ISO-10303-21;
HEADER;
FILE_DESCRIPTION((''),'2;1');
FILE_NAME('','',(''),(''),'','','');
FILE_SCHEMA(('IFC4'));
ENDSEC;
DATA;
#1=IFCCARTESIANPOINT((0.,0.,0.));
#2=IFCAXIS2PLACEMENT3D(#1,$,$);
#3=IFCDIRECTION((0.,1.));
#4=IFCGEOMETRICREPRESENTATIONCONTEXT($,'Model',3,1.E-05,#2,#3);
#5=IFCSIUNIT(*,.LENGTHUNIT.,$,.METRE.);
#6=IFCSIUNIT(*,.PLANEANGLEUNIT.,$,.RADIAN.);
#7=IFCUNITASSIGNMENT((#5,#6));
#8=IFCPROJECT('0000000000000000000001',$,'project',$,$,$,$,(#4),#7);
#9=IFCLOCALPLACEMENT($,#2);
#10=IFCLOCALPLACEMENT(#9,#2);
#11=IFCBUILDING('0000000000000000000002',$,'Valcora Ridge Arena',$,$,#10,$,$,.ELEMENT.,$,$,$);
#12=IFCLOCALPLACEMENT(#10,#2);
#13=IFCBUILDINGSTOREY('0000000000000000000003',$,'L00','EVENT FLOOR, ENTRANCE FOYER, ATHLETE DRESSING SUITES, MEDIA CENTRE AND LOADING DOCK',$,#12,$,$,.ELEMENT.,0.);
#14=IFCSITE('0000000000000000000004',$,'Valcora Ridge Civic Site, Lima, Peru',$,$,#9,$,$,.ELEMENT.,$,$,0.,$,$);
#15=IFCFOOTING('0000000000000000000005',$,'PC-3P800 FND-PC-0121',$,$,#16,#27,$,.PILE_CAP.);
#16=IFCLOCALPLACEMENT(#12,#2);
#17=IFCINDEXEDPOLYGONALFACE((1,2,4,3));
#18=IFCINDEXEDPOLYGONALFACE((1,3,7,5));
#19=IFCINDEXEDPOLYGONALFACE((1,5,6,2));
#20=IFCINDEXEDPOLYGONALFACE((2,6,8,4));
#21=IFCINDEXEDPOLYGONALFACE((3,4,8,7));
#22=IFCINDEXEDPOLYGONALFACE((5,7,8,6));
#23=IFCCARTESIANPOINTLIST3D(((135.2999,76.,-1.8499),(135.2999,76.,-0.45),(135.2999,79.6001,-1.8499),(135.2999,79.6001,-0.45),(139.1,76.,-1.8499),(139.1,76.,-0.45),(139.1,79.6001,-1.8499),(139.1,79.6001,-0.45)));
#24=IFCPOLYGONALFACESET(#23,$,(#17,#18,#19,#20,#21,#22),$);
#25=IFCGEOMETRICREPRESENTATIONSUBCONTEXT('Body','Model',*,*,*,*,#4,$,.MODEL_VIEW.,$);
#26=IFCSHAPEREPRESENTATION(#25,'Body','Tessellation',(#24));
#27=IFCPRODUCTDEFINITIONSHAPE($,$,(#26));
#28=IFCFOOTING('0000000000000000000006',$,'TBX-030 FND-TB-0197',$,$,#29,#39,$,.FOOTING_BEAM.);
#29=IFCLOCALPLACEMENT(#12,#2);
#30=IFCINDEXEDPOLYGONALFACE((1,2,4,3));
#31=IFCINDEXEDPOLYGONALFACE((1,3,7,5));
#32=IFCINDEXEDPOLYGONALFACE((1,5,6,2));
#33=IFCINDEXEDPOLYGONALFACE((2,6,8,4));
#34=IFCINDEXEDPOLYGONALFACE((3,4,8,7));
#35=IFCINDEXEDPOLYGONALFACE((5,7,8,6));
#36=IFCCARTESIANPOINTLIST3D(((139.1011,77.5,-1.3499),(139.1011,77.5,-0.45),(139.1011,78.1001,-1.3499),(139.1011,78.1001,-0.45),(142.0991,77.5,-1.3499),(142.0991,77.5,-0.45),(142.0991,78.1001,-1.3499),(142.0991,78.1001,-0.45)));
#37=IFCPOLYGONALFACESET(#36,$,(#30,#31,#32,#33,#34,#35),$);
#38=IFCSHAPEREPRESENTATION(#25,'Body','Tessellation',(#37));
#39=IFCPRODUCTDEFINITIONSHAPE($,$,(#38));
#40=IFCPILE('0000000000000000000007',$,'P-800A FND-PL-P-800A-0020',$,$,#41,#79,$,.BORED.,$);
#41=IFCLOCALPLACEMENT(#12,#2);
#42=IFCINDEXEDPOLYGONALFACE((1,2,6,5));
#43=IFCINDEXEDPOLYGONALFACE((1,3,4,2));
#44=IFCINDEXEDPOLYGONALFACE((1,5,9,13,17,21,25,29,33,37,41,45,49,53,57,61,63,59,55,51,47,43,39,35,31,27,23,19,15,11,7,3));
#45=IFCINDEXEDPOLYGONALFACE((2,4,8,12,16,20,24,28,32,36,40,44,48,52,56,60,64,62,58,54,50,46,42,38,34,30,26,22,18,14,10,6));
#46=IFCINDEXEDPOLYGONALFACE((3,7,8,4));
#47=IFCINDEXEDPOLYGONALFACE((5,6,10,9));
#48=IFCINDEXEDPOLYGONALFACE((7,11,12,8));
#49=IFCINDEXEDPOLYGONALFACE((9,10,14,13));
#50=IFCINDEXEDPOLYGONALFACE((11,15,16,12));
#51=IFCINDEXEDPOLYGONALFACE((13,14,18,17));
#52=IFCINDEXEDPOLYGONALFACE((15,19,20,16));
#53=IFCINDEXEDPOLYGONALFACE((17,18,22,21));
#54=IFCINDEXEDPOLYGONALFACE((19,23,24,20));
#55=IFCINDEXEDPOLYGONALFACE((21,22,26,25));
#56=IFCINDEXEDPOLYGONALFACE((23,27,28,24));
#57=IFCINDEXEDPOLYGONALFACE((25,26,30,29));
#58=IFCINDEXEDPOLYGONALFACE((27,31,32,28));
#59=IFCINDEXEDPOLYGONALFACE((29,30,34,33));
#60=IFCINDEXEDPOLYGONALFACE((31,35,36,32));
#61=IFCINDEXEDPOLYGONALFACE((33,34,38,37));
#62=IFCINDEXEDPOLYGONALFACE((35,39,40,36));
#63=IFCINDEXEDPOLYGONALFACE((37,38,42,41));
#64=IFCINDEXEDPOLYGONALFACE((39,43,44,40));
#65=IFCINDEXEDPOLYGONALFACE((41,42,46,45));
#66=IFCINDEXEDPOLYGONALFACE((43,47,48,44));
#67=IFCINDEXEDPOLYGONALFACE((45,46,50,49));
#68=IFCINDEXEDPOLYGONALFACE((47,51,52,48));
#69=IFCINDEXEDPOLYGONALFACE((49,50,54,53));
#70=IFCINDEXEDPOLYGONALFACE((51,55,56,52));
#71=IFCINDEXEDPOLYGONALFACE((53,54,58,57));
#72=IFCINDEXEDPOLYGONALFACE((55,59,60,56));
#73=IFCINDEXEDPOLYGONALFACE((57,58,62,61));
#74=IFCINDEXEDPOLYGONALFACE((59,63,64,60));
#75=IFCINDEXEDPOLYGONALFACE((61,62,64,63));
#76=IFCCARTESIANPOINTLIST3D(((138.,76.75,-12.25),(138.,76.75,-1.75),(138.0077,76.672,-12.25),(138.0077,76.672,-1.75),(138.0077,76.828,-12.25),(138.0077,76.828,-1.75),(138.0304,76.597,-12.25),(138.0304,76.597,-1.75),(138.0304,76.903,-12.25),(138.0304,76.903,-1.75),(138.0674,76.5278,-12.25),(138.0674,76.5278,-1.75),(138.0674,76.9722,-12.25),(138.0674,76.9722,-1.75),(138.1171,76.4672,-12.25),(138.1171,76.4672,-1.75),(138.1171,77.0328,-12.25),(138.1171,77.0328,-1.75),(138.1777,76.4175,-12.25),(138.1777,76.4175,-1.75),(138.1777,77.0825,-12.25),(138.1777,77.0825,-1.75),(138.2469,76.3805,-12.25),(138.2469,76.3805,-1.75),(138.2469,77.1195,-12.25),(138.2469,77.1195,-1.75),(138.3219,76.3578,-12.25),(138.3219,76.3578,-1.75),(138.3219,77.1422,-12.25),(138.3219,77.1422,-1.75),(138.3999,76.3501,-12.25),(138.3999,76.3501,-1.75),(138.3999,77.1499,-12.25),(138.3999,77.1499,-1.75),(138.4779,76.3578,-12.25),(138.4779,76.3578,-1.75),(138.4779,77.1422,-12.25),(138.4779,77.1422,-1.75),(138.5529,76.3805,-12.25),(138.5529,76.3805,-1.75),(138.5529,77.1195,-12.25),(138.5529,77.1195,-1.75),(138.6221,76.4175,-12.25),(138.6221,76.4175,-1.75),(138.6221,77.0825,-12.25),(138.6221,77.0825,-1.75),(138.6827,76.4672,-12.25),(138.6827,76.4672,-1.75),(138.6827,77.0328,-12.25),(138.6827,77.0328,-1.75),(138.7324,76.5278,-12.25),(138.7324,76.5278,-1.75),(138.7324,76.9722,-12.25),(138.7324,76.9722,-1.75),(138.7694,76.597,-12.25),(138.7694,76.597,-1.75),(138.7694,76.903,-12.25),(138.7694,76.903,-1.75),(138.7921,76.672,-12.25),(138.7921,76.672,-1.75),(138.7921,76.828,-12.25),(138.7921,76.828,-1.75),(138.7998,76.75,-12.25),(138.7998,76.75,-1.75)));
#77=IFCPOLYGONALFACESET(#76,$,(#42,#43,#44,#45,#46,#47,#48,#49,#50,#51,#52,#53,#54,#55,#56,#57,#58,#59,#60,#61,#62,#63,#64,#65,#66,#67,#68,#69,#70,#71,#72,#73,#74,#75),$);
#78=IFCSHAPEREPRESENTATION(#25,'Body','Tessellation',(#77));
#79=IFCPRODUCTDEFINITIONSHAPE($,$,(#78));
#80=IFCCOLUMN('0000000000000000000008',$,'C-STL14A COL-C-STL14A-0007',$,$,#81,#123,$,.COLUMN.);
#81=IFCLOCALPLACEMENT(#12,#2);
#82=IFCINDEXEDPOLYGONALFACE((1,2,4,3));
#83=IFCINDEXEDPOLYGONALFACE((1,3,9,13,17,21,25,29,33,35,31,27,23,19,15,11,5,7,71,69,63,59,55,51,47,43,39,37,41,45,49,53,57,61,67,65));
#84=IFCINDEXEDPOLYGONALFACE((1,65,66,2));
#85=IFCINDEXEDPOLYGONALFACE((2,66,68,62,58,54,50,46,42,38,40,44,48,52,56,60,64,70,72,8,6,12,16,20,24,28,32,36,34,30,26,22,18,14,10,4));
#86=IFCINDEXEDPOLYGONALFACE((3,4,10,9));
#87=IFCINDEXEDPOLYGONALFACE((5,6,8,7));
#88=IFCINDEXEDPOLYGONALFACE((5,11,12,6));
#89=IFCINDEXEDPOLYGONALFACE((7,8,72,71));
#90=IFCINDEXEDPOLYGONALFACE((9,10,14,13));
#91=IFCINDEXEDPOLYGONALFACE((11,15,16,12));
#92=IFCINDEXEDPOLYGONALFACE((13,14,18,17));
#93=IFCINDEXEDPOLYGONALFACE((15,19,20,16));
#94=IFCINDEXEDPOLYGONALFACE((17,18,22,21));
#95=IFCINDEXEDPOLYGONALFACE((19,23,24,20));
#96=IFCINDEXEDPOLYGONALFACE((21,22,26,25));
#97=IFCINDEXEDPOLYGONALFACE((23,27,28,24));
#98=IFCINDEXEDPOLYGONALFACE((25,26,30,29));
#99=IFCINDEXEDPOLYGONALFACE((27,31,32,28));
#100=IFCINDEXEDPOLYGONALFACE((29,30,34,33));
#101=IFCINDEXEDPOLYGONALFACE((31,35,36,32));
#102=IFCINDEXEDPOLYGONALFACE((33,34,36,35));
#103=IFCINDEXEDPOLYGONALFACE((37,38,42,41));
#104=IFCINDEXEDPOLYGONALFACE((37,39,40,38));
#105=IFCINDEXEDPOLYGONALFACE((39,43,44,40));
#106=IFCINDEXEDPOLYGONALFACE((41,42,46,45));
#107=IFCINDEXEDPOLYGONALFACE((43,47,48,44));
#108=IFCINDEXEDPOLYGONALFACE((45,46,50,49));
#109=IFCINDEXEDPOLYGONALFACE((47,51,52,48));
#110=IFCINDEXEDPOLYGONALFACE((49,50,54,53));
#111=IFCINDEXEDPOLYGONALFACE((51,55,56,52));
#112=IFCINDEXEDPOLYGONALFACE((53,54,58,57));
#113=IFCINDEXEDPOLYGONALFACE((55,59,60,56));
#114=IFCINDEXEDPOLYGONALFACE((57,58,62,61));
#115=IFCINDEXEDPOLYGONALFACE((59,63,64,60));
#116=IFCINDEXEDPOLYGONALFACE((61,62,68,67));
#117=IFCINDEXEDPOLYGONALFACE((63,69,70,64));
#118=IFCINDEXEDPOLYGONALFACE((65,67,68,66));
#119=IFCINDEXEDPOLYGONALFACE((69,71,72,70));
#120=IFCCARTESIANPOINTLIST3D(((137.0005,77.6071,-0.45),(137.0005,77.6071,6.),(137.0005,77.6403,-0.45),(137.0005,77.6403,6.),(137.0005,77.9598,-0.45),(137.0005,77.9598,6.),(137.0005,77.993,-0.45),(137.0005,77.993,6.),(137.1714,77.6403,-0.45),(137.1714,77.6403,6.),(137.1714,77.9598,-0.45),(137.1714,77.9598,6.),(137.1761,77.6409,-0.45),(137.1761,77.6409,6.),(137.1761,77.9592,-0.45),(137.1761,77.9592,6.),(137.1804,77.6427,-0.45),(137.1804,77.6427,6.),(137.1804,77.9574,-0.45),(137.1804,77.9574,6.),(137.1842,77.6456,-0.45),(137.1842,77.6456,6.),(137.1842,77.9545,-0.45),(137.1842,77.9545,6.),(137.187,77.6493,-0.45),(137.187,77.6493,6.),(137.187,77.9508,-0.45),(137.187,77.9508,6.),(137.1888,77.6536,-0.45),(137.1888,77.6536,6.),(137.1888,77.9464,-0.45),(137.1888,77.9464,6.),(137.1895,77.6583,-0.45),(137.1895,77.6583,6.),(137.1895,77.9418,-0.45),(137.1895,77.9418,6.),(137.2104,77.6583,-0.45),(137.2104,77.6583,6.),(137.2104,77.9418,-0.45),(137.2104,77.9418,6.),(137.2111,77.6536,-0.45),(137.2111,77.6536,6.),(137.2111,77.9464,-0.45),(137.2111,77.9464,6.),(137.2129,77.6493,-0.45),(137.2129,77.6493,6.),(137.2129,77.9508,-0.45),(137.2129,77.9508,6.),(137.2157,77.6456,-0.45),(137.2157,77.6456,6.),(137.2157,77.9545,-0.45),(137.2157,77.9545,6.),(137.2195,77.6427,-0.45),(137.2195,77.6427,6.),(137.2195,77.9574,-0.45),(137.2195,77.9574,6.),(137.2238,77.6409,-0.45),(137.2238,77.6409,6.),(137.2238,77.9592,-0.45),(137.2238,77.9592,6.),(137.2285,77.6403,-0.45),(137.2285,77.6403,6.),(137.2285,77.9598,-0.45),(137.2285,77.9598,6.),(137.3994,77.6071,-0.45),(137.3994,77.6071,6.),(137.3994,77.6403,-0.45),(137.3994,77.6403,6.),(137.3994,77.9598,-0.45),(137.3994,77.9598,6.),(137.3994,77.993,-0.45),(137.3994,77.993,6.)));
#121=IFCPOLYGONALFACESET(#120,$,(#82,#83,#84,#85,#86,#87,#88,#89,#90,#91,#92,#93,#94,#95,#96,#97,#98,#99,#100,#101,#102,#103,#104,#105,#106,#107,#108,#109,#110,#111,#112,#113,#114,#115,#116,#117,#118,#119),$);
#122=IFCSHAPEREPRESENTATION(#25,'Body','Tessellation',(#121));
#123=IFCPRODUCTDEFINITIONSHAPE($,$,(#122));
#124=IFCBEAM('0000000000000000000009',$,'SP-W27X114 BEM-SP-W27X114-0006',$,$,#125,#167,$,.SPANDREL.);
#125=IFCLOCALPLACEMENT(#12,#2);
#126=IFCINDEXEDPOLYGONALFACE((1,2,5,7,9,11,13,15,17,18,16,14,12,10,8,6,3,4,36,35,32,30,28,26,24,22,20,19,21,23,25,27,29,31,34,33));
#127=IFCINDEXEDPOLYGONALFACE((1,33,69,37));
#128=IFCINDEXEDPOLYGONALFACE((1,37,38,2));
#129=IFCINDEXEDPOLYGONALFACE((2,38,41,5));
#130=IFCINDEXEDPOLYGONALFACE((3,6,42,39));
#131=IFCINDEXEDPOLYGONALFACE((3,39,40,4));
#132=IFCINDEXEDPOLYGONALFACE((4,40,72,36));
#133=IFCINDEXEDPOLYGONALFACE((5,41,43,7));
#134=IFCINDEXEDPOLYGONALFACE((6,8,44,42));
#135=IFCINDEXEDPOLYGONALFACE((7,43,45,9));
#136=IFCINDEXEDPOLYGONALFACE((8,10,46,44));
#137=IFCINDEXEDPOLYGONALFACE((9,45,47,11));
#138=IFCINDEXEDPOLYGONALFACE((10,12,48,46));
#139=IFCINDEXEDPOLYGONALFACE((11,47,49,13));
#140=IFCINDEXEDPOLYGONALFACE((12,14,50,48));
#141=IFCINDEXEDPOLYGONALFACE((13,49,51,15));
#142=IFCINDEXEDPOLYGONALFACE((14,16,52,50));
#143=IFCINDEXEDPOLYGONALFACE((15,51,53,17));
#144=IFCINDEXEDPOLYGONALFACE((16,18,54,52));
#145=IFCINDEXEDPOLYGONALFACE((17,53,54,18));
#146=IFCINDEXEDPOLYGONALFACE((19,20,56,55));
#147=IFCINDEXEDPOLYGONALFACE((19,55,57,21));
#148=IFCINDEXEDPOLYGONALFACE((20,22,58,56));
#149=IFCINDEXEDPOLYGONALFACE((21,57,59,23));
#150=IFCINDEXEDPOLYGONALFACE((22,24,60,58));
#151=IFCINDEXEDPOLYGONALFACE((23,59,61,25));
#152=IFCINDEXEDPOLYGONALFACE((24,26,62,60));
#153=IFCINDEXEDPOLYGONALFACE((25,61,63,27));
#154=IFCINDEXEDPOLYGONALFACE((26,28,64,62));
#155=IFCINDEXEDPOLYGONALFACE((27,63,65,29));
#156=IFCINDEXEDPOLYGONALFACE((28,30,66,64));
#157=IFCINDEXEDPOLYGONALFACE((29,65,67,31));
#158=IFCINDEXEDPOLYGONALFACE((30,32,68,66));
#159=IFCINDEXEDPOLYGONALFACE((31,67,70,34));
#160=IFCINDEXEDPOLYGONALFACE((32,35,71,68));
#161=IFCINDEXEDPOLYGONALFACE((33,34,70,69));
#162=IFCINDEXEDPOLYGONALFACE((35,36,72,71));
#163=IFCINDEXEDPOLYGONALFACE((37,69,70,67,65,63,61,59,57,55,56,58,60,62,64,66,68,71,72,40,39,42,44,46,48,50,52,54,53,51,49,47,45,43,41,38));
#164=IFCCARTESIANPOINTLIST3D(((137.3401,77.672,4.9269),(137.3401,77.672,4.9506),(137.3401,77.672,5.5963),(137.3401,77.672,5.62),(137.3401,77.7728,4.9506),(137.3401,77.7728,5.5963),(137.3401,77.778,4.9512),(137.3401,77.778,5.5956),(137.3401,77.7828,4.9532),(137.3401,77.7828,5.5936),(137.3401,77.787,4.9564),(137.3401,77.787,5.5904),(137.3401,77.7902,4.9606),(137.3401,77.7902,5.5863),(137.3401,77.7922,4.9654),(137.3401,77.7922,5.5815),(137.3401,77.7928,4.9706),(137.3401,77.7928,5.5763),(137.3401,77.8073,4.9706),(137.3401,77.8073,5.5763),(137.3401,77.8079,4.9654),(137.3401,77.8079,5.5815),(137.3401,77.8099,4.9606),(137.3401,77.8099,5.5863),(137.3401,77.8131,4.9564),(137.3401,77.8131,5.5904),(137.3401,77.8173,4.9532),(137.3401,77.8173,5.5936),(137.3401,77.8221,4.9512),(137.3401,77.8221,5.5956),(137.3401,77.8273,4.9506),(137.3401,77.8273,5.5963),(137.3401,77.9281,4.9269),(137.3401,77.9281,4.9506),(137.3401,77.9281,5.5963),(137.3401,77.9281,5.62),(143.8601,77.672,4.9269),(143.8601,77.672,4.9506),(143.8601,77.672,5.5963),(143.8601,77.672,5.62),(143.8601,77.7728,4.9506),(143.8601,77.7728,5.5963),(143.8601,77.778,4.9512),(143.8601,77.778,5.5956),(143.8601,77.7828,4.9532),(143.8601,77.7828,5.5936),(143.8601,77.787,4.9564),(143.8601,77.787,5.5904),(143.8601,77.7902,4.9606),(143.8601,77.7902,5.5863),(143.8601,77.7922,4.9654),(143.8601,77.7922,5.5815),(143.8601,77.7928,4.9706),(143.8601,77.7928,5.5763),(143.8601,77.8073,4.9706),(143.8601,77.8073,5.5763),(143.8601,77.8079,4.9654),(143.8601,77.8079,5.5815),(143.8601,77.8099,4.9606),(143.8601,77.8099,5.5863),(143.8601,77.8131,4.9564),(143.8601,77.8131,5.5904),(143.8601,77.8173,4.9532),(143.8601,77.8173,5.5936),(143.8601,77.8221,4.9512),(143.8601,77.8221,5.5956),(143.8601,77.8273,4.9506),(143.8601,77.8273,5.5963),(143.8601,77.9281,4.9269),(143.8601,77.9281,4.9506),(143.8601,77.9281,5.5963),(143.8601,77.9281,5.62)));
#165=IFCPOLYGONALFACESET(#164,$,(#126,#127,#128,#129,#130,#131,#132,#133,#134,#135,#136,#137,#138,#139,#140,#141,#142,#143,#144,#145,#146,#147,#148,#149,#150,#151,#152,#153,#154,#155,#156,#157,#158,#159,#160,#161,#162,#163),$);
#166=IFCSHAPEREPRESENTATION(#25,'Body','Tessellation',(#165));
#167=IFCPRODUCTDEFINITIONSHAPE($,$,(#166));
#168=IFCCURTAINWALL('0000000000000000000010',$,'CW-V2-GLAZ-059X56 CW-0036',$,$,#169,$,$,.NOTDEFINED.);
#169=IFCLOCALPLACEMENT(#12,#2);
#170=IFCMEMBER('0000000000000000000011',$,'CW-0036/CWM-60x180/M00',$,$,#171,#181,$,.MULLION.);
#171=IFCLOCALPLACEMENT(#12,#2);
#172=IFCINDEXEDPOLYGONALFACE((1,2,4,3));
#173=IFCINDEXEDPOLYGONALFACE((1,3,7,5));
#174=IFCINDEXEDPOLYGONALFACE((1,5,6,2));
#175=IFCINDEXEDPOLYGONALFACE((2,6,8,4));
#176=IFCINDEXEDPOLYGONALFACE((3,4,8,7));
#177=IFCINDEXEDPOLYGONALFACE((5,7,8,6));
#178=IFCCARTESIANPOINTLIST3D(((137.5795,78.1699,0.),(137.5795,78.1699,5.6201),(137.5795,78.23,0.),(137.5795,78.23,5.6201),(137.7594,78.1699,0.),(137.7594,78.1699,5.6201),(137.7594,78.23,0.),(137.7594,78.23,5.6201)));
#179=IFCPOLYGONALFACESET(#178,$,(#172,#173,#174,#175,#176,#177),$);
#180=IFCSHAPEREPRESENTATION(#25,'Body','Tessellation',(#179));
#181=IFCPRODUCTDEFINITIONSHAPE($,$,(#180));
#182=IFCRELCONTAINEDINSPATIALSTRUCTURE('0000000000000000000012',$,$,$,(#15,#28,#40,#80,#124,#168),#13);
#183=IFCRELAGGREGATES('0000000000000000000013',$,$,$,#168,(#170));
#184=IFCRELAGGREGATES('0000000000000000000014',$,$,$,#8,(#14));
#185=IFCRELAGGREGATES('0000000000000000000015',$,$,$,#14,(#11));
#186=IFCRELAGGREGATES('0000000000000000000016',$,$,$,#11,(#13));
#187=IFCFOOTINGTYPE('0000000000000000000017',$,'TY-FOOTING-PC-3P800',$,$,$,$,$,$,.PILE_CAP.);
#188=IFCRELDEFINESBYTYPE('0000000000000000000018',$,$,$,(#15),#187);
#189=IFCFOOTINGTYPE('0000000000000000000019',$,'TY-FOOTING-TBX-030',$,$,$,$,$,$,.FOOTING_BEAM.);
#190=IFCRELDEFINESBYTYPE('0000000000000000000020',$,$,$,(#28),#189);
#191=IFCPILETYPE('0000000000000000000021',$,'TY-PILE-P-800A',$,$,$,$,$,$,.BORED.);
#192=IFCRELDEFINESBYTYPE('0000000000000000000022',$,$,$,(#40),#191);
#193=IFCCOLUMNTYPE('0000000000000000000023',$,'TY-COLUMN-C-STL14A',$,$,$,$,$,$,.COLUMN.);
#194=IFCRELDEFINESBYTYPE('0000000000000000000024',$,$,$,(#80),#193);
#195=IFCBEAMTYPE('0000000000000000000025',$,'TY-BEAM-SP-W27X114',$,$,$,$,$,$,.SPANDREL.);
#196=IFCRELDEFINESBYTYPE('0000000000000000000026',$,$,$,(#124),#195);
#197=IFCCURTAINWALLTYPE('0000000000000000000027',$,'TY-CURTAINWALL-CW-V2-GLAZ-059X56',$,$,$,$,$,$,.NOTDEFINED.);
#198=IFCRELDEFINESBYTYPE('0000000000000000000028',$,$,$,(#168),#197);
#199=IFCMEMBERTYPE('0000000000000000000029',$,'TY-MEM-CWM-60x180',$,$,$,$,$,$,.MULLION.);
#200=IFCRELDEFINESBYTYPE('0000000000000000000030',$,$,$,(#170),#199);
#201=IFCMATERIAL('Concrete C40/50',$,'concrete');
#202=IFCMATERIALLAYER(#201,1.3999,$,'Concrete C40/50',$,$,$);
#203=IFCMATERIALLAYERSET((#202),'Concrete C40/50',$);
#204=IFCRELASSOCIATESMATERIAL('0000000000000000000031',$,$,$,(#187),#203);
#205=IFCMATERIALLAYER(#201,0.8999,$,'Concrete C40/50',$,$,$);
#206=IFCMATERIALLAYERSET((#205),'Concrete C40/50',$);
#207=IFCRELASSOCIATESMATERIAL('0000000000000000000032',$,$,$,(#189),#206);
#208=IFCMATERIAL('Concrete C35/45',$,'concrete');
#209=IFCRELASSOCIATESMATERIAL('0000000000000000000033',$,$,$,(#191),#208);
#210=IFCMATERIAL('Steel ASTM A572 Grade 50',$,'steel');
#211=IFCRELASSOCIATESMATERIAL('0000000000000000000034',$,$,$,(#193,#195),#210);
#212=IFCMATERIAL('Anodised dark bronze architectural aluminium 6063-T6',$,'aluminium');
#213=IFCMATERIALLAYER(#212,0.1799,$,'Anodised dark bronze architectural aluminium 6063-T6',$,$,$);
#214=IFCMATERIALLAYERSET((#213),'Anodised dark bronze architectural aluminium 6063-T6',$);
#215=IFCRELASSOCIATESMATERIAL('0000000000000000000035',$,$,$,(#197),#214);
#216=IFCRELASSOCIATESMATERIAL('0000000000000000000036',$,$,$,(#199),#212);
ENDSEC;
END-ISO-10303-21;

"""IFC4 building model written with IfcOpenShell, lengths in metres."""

from ifc_helpers import new_model, si_unit, direction, frame, origin, origin_2d, place, context, subcontext, project, spatial, rectangle, circle, i_section, extrude, material, layer, layer_set, material_profile, profile_set, type_object, element, aggregate, save


model = new_model("IFC4")

# Units and contexts
model_context = context("Model", 3, precision=1e-05, world=origin(), true_north=direction((0.0, 1.0)))
body_context = subcontext(model_context, "Body", "Model", "MODEL_VIEW")
ifc_project = project(units=[si_unit("LENGTHUNIT", "METRE"), si_unit("PLANEANGLEUNIT", "RADIAN")], contexts=[model_context])

# Site, building, storey
site_placement = place(None, origin())
site = spatial("IfcSite", under=ifc_project, at=site_placement, Name="Valcora Ridge Civic Site, Lima, Peru", CompositionType="ELEMENT", RefElevation=0.0)
building_placement = place(site_placement, origin())
building = spatial("IfcBuilding", under=site, at=building_placement, Name="Valcora Ridge Arena", CompositionType="ELEMENT")
storey_placement = place(building_placement, origin())
storey = spatial("IfcBuildingStorey", under=building, at=storey_placement, Name="L00", Description="EVENT FLOOR, ENTRANCE FOYER, ATHLETE DRESSING SUITES, MEDIA CENTRE AND LOADING DOCK", CompositionType="ELEMENT", Elevation=0.0)

# Footings
ifc_material_1 = material(Name="Concrete C40/50", Category="concrete")
ifc_layer_1 = layer(ifc_material_1, 1.3999, Name="Concrete C40/50")
ifc_layer_set_1 = layer_set([ifc_layer_1], Name="Concrete C40/50")
footing_type_1 = type_object("IfcFootingType", Name="TY-FOOTING-PC-3P800", PredefinedType="PILE_CAP", material=ifc_layer_set_1)
footing_1_placement = place(storey_placement, frame((137.2, 77.8, -1.8499), z_axis=(0.0, 0.0, 1.0), x_axis=(1.0, 0.0, 0.0)))
element("IfcFooting", 1, at=footing_1_placement, inside=storey, type_object=footing_type_1, Name="PC-3P800 FND-PC-0121", PredefinedType="PILE_CAP", context=body_context, shape_type="SweptSolid", body=[
    extrude(rectangle(XDim=3.8, YDim=3.6001, at=origin_2d()), origin(), (0.0, 0.0, 1.0), 1.3999),
])
ifc_layer_2 = layer(ifc_material_1, 0.8999, Name="Concrete C40/50")
ifc_layer_set_2 = layer_set([ifc_layer_2], Name="Concrete C40/50")
footing_type_2 = type_object("IfcFootingType", Name="TY-FOOTING-TBX-030", PredefinedType="FOOTING_BEAM", material=ifc_layer_set_2)
footing_2_placement = place(storey_placement, frame((140.6001, 77.8, -1.3499), z_axis=(0.0, 0.0, 1.0), x_axis=(1.0, 0.0, 0.0)))
element("IfcFooting", 2, at=footing_2_placement, inside=storey, type_object=footing_type_2, Name="TBX-030 FND-TB-0197", PredefinedType="FOOTING_BEAM", context=body_context, shape_type="SweptSolid", body=[
    extrude(rectangle(XDim=2.998, YDim=0.6001, at=origin_2d()), origin(), (0.0, 0.0, 1.0), 0.8999),
])

# Pile
ifc_material_2 = material(Name="Concrete C35/45", Category="concrete")
ifc_material_profile_1 = material_profile(ifc_material_2, circle(Radius=0.3999, at=origin_2d()), Name="BORED PILE D800")
ifc_profile_set_1 = profile_set([ifc_material_profile_1], Name="Concrete C35/45")
pile_type = type_object("IfcPileType", Name="TY-PILE-P-800A", PredefinedType="BORED", material=ifc_profile_set_1)
pile_placement = place(storey_placement, frame((138.3999, 76.75, -1.75), z_axis=(0.0, 0.0, -1.0), x_axis=(1.0, 0.0, 0.0)))
element("IfcPile", 3, at=pile_placement, inside=storey, type_object=pile_type, Name="P-800A FND-PL-P-800A-0020", PredefinedType="BORED", context=body_context, shape_type="SweptSolid", body=[
    extrude(circle(Radius=0.3999, at=origin_2d()), origin(), (0.0, 0.0, 1.0), 10.5),
])

# Column
ifc_material_3 = material(Name="Steel ASTM A572 Grade 50", Category="steel")
ifc_material_profile_2 = material_profile(ifc_material_3, i_section(OverallWidth=0.3989, OverallDepth=0.386, WebThickness=0.021, FlangeThickness=0.0332, FilletRadius=0.0181, at=origin_2d()), Name="W14X176")
ifc_profile_set_2 = profile_set([ifc_material_profile_2], Name="Steel ASTM A572 Grade 50")
column_type = type_object("IfcColumnType", Name="TY-COLUMN-C-STL14A", PredefinedType="COLUMN", material=ifc_profile_set_2)
column_placement = place(storey_placement, frame((137.2, 77.8, -0.45), z_axis=(0.0, 0.0, 1.0), x_axis=(1.0, 0.0, 0.0)))
element("IfcColumn", 4, at=column_placement, inside=storey, type_object=column_type, Name="C-STL14A COL-C-STL14A-0007", PredefinedType="COLUMN", context=body_context, shape_type="SweptSolid", body=[
    extrude(i_section(OverallWidth=0.3989, OverallDepth=0.386, WebThickness=0.021, FlangeThickness=0.0332, FilletRadius=0.0181, at=origin_2d()), origin(), (0.0, 0.0, 1.0), 6.45),
])

# Beam
ifc_material_profile_3 = material_profile(ifc_material_3, i_section(OverallWidth=0.2561, OverallDepth=0.6931, WebThickness=0.0144, FlangeThickness=0.0237, FilletRadius=0.02, at=origin_2d()), Name="W27X114")
ifc_profile_set_3 = profile_set([ifc_material_profile_3], Name="Steel ASTM A572 Grade 50")
beam_type = type_object("IfcBeamType", Name="TY-BEAM-SP-W27X114", PredefinedType="SPANDREL", material=ifc_profile_set_3)
beam_placement = place(storey_placement, frame((137.3401, 77.8, 5.2734), z_axis=(1.0, 0.0, 0.0), x_axis=(0.0, 1.0, 0.0)))
element("IfcBeam", 5, at=beam_placement, inside=storey, type_object=beam_type, Name="SP-W27X114 BEM-SP-W27X114-0006", PredefinedType="SPANDREL", context=body_context, shape_type="SweptSolid", body=[
    extrude(i_section(OverallWidth=0.2561, OverallDepth=0.6931, WebThickness=0.0144, FlangeThickness=0.0237, FilletRadius=0.02, at=origin_2d()), origin(), (0.0, 0.0, 1.0), 6.52),
])

# Curtain wall, member
ifc_material_4 = material(Name="Anodised dark bronze architectural aluminium 6063-T6", Category="aluminium")
ifc_layer_3 = layer(ifc_material_4, 0.1799, Name="Anodised dark bronze architectural aluminium 6063-T6")
ifc_layer_set_3 = layer_set([ifc_layer_3], Name="Anodised dark bronze architectural aluminium 6063-T6")
curtain_wall_type = type_object("IfcCurtainWallType", Name="TY-CURTAINWALL-CW-V2-GLAZ-059X56", PredefinedType="NOTDEFINED", material=ifc_layer_set_3)
curtain_wall_placement = place(storey_placement, origin())
curtain_wall = element("IfcCurtainWall", 6, at=curtain_wall_placement, inside=storey, type_object=curtain_wall_type, Name="CW-V2-GLAZ-059X56 CW-0036", PredefinedType="NOTDEFINED")
ifc_material_profile_4 = material_profile(ifc_material_4, rectangle(XDim=0.0601, YDim=0.1799, at=origin_2d()), Name="ALU MULLION 60x180")
ifc_profile_set_4 = profile_set([ifc_material_profile_4], Name="Anodised dark bronze architectural aluminium 6063-T6")
member_type_1 = type_object("IfcMemberType", Name="TY-MEM-CWM-60x180", PredefinedType="MULLION", material=ifc_profile_set_4)
member_1_placement = place(storey_placement, frame((137.6694, 78.2, 0.0), z_axis=(0.0, 0.0, 1.0), x_axis=(0.0, 1.0, 0.0)))
member_1 = element("IfcMember", 7, at=member_1_placement, type_object=member_type_1, Name="CW-0036/CWM-60x180/M00", PredefinedType="MULLION", context=body_context, shape_type="SweptSolid", body=[
    extrude(rectangle(XDim=0.0601, YDim=0.1799, at=origin_2d()), origin(), (0.0, 0.0, 1.0), 5.6201),
])
aggregate(curtain_wall, [member_1])

save(model, "model.ifc")
